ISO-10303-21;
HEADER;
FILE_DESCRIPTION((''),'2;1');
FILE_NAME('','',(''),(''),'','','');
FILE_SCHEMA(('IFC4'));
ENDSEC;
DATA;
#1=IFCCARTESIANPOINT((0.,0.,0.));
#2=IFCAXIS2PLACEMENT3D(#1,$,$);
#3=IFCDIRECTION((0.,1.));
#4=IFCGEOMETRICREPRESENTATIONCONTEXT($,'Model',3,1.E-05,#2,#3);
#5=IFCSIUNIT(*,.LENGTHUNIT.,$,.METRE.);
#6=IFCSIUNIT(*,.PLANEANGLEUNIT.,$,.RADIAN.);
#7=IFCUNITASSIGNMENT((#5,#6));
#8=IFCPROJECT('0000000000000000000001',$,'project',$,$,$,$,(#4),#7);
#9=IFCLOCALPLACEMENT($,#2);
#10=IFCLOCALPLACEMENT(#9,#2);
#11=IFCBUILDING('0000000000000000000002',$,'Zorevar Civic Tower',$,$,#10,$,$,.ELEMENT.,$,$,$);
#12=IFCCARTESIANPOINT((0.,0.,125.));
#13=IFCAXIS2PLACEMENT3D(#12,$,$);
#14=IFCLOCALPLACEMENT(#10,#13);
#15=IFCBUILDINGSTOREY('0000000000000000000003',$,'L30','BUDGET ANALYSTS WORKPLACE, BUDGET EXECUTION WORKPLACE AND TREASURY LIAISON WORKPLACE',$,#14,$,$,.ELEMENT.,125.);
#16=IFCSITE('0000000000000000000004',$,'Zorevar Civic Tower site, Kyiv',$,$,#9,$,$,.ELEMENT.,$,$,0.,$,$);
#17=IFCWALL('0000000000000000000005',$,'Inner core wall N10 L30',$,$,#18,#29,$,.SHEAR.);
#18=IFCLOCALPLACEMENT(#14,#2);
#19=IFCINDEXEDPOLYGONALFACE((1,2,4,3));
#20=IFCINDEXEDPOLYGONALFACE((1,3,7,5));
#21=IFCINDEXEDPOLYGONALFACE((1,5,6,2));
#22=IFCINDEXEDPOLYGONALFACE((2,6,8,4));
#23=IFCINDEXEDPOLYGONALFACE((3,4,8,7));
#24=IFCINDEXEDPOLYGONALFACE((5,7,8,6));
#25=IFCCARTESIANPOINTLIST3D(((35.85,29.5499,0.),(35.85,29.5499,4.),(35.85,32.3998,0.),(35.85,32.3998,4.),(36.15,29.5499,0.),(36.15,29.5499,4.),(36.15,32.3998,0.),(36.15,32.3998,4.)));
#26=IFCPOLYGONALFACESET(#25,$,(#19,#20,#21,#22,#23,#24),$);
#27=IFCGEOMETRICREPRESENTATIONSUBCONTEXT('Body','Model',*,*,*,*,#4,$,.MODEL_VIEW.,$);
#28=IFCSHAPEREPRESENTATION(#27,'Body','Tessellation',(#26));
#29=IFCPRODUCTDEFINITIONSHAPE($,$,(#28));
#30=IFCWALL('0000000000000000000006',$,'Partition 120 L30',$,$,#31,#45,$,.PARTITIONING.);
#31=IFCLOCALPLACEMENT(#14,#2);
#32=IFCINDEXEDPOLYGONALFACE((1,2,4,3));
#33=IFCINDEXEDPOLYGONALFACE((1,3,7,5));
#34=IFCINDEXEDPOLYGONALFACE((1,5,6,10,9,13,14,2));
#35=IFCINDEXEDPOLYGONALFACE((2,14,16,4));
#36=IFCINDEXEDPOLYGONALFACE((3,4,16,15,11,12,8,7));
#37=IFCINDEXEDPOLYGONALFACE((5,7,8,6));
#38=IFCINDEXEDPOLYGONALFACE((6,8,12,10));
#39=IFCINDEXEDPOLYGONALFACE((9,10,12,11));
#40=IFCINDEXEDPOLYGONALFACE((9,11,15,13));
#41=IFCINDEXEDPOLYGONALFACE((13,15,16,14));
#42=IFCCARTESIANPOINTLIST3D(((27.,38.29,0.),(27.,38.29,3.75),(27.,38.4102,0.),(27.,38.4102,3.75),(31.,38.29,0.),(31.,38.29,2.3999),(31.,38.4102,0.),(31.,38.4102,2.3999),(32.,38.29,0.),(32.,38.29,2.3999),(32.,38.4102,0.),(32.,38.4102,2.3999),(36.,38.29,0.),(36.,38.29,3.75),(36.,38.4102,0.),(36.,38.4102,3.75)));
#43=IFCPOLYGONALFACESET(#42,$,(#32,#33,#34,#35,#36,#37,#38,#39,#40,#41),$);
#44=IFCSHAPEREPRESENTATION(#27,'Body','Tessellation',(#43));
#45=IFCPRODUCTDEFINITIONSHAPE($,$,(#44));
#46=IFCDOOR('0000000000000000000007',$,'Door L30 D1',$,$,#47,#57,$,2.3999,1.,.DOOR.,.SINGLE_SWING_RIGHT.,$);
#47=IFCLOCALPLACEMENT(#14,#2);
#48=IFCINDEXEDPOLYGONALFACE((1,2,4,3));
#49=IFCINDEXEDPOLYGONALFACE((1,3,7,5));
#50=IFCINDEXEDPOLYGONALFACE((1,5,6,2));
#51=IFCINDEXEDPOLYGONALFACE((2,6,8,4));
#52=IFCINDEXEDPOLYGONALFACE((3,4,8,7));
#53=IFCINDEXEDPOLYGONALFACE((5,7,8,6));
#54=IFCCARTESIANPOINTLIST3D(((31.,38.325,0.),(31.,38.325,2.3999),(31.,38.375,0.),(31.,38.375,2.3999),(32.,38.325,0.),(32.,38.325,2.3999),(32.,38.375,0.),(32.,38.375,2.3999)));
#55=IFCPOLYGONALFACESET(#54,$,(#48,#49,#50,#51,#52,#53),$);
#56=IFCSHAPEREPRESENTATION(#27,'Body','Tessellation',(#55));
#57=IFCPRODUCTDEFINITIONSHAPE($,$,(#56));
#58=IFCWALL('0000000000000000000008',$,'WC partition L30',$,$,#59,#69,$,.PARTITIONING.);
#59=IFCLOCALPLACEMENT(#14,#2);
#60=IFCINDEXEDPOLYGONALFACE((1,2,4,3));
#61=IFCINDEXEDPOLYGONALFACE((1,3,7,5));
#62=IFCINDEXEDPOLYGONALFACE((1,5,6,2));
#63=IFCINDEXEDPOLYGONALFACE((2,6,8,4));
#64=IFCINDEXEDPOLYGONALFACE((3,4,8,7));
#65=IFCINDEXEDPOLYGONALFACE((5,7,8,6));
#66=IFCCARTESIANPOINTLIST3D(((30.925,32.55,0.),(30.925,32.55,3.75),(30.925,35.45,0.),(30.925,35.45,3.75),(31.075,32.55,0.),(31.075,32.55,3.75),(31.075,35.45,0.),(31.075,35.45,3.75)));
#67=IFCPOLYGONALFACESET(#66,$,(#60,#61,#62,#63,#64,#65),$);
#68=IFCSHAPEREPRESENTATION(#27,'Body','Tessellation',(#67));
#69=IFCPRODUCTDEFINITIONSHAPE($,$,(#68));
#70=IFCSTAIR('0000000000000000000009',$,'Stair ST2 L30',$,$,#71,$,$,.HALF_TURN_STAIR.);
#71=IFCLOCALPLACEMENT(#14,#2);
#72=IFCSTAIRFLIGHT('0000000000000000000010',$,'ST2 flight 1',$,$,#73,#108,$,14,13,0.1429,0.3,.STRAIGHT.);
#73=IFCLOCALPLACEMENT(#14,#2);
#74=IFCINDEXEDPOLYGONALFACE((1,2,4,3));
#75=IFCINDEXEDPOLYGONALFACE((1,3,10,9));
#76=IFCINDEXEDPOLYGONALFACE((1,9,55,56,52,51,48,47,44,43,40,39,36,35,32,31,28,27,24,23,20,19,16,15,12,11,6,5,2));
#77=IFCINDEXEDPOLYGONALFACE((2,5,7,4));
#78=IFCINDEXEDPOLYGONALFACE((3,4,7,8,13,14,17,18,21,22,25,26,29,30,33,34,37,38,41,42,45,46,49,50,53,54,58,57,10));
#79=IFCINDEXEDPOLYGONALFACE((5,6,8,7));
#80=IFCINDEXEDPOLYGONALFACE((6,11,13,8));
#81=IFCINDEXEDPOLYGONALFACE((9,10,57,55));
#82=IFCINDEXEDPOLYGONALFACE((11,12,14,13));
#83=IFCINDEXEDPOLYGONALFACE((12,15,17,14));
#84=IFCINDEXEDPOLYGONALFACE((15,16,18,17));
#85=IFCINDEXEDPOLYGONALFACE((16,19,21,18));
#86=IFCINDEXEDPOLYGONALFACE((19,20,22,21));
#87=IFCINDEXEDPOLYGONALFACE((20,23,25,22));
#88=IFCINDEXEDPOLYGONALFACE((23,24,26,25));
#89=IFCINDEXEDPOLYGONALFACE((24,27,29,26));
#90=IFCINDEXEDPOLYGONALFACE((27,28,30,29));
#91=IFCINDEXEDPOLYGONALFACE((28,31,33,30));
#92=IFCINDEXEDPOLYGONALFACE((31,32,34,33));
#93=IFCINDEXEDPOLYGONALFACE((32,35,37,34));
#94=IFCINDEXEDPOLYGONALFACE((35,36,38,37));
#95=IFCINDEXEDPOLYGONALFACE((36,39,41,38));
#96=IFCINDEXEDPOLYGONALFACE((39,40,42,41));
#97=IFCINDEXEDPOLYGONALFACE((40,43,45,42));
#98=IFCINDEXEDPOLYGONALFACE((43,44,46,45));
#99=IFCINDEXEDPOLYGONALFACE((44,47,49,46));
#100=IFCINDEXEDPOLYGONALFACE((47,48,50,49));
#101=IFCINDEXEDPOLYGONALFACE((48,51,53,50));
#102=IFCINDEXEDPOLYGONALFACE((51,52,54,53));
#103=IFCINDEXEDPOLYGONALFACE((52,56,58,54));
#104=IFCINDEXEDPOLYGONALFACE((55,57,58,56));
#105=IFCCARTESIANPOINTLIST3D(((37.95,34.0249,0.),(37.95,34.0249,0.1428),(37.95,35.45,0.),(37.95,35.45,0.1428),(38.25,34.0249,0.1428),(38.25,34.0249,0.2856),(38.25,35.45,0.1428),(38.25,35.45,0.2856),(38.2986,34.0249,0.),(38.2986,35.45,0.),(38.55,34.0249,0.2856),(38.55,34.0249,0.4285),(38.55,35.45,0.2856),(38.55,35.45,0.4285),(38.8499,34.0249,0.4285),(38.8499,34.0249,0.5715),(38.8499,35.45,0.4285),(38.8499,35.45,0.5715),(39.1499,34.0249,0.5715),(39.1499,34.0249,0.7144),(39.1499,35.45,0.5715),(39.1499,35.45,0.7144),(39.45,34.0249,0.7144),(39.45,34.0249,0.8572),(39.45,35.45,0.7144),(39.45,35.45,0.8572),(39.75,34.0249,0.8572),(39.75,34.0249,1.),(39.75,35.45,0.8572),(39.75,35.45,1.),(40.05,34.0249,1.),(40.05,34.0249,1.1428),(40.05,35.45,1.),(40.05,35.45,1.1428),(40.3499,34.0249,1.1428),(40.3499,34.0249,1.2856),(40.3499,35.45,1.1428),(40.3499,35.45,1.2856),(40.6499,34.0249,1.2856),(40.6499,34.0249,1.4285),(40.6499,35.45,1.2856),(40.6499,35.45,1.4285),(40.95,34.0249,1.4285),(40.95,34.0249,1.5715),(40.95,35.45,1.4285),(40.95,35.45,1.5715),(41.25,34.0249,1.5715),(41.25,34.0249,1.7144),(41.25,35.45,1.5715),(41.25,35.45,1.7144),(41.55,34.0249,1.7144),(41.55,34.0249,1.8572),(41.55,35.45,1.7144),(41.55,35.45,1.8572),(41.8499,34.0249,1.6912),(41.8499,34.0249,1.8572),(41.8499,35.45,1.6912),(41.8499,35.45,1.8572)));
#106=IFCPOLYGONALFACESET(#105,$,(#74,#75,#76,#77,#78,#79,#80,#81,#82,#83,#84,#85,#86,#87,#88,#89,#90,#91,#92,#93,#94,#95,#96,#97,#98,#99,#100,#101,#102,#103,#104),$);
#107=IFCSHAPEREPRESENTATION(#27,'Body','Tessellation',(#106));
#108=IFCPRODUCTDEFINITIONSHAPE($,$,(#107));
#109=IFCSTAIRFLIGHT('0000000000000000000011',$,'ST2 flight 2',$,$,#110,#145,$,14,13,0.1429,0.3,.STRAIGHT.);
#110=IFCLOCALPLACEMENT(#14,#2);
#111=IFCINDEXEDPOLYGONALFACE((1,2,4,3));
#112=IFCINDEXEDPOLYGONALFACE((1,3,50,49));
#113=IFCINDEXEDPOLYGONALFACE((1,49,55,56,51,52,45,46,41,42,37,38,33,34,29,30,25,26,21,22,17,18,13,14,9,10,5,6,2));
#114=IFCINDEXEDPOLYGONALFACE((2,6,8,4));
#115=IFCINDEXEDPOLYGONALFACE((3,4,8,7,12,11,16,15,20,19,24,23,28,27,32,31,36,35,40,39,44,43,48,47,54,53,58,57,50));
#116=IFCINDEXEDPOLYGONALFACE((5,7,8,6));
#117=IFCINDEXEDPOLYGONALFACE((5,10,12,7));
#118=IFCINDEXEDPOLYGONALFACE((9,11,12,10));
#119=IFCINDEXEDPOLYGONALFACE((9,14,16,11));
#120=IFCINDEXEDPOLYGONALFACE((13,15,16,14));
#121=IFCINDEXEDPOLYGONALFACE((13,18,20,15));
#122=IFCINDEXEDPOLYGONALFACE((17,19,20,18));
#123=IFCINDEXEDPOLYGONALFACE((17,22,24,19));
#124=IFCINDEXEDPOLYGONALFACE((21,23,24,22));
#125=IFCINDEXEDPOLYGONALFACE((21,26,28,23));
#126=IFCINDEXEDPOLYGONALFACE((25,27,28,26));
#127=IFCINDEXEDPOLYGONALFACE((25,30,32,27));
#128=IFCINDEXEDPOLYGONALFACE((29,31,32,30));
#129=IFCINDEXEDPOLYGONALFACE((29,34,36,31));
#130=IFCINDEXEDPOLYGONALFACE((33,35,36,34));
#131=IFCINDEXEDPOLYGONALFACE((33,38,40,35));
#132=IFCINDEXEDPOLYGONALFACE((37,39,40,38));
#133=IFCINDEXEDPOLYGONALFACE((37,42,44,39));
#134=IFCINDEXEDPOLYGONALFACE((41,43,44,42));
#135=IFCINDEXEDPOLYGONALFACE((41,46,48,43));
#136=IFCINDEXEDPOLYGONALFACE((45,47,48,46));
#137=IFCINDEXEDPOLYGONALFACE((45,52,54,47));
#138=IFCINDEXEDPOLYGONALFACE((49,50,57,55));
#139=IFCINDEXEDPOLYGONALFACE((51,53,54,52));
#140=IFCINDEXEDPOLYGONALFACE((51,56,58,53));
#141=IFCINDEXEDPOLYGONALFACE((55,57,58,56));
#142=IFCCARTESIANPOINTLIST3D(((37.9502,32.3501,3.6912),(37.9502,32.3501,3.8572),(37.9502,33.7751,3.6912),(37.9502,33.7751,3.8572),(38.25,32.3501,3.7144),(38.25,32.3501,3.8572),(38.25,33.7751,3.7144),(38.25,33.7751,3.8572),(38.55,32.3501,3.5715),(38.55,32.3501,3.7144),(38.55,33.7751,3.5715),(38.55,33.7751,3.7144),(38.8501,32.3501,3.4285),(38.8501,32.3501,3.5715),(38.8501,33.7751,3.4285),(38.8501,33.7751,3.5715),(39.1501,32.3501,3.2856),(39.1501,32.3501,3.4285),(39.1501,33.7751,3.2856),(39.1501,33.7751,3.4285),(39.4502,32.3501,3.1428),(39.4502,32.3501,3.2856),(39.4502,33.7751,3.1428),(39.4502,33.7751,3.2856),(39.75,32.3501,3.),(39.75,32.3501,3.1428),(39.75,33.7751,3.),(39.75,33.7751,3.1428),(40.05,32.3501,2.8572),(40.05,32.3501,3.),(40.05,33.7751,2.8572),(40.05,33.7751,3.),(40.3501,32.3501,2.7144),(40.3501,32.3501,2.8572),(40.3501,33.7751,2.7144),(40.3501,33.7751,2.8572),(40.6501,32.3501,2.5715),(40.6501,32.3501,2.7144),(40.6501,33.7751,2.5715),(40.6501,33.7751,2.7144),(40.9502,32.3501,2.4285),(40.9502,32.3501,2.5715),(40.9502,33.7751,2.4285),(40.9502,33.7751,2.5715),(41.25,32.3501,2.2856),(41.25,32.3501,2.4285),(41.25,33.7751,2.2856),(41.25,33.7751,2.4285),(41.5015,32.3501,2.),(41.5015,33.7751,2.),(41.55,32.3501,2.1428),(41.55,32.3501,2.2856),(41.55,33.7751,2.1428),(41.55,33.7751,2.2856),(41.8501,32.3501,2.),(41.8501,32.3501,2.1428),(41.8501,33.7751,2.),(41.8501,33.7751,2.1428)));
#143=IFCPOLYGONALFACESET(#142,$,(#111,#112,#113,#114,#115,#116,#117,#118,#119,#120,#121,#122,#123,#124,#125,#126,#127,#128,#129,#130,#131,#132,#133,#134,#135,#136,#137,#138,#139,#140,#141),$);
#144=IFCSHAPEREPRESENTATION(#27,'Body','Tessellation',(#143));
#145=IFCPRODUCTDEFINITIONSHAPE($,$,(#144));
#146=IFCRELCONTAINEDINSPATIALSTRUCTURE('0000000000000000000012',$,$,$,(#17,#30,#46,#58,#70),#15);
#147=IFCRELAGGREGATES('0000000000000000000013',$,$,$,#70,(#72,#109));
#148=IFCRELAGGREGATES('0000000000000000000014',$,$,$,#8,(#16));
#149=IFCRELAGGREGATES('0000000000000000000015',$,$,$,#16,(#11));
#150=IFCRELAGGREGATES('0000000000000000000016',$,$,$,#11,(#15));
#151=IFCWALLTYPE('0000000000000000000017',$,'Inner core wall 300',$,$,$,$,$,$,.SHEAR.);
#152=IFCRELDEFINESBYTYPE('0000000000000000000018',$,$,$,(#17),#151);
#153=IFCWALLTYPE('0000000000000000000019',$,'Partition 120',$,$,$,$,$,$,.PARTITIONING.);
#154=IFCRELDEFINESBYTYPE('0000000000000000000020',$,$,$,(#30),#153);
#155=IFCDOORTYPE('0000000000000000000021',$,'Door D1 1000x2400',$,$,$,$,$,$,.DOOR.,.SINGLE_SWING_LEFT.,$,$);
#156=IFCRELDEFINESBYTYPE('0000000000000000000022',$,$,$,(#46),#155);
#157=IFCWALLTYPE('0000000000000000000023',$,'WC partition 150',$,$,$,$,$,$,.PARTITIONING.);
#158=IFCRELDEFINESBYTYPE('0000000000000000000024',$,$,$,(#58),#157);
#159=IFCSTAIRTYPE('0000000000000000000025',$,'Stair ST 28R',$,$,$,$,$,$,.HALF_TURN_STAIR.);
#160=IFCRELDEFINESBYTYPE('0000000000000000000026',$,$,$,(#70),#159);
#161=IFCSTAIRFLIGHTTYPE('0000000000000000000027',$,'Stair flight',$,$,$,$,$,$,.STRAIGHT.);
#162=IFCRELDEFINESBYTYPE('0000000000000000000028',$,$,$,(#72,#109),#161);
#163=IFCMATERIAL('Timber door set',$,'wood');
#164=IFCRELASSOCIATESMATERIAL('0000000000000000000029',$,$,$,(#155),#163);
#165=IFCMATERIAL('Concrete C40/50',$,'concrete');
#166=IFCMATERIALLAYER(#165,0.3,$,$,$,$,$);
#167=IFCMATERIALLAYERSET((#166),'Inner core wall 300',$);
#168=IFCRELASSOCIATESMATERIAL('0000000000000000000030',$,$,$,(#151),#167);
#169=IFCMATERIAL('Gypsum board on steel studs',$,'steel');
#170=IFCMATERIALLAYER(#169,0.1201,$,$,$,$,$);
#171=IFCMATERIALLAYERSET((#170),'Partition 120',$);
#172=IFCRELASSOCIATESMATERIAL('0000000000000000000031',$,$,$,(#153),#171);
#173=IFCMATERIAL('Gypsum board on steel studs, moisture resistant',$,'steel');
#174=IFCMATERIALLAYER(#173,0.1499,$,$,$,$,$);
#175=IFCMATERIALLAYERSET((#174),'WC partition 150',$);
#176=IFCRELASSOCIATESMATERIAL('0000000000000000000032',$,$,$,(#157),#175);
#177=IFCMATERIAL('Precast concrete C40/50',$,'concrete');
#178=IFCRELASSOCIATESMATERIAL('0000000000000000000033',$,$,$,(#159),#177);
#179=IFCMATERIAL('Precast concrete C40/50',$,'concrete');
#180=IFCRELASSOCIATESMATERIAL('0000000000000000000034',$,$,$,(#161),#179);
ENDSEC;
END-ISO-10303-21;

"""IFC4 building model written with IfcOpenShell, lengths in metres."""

from ifc_helpers import new_model, si_unit, direction, frame, frame_2d, origin, place, context, subcontext, project, spatial, polyline, rectangle, outline, extrude, material, layer, layer_set, type_object, element, fill, aggregate, save


model = new_model("IFC4")

# Units and contexts
model_context = context("Model", 3, precision=1e-05, world=origin(), true_north=direction((0.0, 1.0)))
body_context = subcontext(model_context, "Body", "Model", "MODEL_VIEW")
ifc_project = project(units=[si_unit("LENGTHUNIT", "METRE"), si_unit("PLANEANGLEUNIT", "RADIAN")], contexts=[model_context])

# Site, building, storey
site_placement = place(None, origin())
site = spatial("IfcSite", under=ifc_project, at=site_placement, Name="Zorevar Civic Tower site, Kyiv", CompositionType="ELEMENT", RefElevation=0.0)
building_placement = place(site_placement, origin())
building = spatial("IfcBuilding", under=site, at=building_placement, Name="Zorevar Civic Tower", CompositionType="ELEMENT")
storey_placement = place(building_placement, frame((0.0, 0.0, 125.0)))
storey = spatial("IfcBuildingStorey", under=building, at=storey_placement, Name="L30", Description="BUDGET ANALYSTS WORKPLACE, BUDGET EXECUTION WORKPLACE AND TREASURY LIAISON WORKPLACE", CompositionType="ELEMENT", Elevation=125.0)

# Shared definitions
ifc_material_1 = material(Name="Timber door set", Category="wood")
door_type_1 = type_object("IfcDoorType", Name="Door D1 1000x2400", OperationType="SINGLE_SWING_LEFT", PredefinedType="DOOR", material=ifc_material_1)

# Shared definitions
ifc_material_2 = material(Name="Concrete C40/50", Category="concrete")
ifc_layer_1 = layer(ifc_material_2, 0.3)
ifc_layer_set_1 = layer_set([ifc_layer_1], Name="Inner core wall 300")
wall_type_1 = type_object("IfcWallType", Name="Inner core wall 300", PredefinedType="SHEAR", material=ifc_layer_set_1)

# Wall
wall_1_placement = place(storey_placement, frame((36.0, 29.55, 0.0), z_axis=(0.0, 0.0, 1.0), x_axis=(0.0, 1.0, 0.0)))
element("IfcWall", 1, at=wall_1_placement, inside=storey, type_object=wall_type_1, Name="Inner core wall N10 L30", PredefinedType="SHEAR", context=body_context, shape_type="SweptSolid", body=[
    extrude(rectangle(XDim=2.8499, YDim=0.3, at=frame_2d((1.4248, 0.0))), origin(), (0.0, 0.0, 1.0), 4.0),
])

# Wall, opening, door
ifc_material_3 = material(Name="Gypsum board on steel studs", Category="steel")
ifc_layer_2 = layer(ifc_material_3, 0.1201)
ifc_layer_set_2 = layer_set([ifc_layer_2], Name="Partition 120")
wall_type_2 = type_object("IfcWallType", Name="Partition 120", PredefinedType="PARTITIONING", material=ifc_layer_set_2)
wall_2_placement = place(storey_placement, frame((27.0, 38.3501, 0.0), z_axis=(0.0, 0.0, 1.0), x_axis=(1.0, 0.0, 0.0)))
wall_2 = element("IfcWall", 2, at=wall_2_placement, inside=storey, type_object=wall_type_2, Name="Partition 120 L30", PredefinedType="PARTITIONING", context=body_context, shape_type="SweptSolid", body=[
    extrude(rectangle(XDim=9.0, YDim=0.1201, at=frame_2d((4.5, 0.0))), origin(), (0.0, 0.0, 1.0), 3.75),
])
opening_1_placement = place(wall_2_placement, frame((4.0, 0.0, 0.0)))
opening_1 = element("IfcOpeningElement", 3, at=opening_1_placement, cuts=wall_2, PredefinedType="OPENING", context=body_context, shape_type="SweptSolid", body=[
    extrude(rectangle(XDim=1.0, YDim=2.3999, at=frame_2d((0.5, 1.2))), frame((0.0, 0.0701, 0.0), z_axis=(0.0, -1.0, 0.0), x_axis=(1.0, 0.0, 0.0)), (0.0, 0.0, 1.0), 0.1401),
])
door_1_placement = place(opening_1_placement, origin())
door_1 = element("IfcDoor", 4, at=door_1_placement, inside=storey, type_object=door_type_1, Name="Door L30 D1", OperationType="SINGLE_SWING_RIGHT", OverallHeight=2.3999, OverallWidth=1.0, PredefinedType="DOOR", context=body_context, shape_type="SweptSolid", body=[
    extrude(rectangle(XDim=1.0, YDim=2.3999, at=frame_2d((0.5, 1.2))), frame((0.0, 0.0249, 0.0), z_axis=(0.0, -1.0, 0.0), x_axis=(1.0, 0.0, 0.0)), (0.0, 0.0, 1.0), 0.05),
])
fill(opening_1, door_1)

# Wall
ifc_material_4 = material(Name="Gypsum board on steel studs, moisture resistant", Category="steel")
ifc_layer_3 = layer(ifc_material_4, 0.1499)
ifc_layer_set_3 = layer_set([ifc_layer_3], Name="WC partition 150")
wall_type_3 = type_object("IfcWallType", Name="WC partition 150", PredefinedType="PARTITIONING", material=ifc_layer_set_3)
wall_3_placement = place(storey_placement, frame((31.0, 32.55, 0.0), z_axis=(0.0, 0.0, 1.0), x_axis=(0.0, 1.0, 0.0)))
element("IfcWall", 5, at=wall_3_placement, inside=storey, type_object=wall_type_3, Name="WC partition L30", PredefinedType="PARTITIONING", context=body_context, shape_type="SweptSolid", body=[
    extrude(rectangle(XDim=2.8999, YDim=0.1499, at=frame_2d((1.45, 0.0))), origin(), (0.0, 0.0, 1.0), 3.75),
])

# Stair, stair flights
ifc_material_5 = material(Name="Precast concrete C40/50", Category="concrete")
stair_type = type_object("IfcStairType", Name="Stair ST 28R", PredefinedType="HALF_TURN_STAIR", material=ifc_material_5)
stair_placement = place(storey_placement, origin())
stair = element("IfcStair", 6, at=stair_placement, inside=storey, type_object=stair_type, Name="Stair ST2 L30", PredefinedType="HALF_TURN_STAIR")
ifc_material_6 = material(Name="Precast concrete C40/50", Category="concrete")
stair_flight_type = type_object("IfcStairFlightType", Name="Stair flight", PredefinedType="STRAIGHT", material=ifc_material_6)
stair_flight_1_placement = place(storey_placement, frame((37.95, 34.7375, 0.0), z_axis=(0.0, 0.0, 1.0), x_axis=(1.0, 0.0, 0.0)))
stair_flight_1 = element("IfcStairFlight", 7, at=stair_flight_1_placement, type_object=stair_flight_type, Name="ST2 flight 1", NumberOfRisers=14, NumberOfTreads=13, PredefinedType="STRAIGHT", RiserHeight=0.1429, TreadLength=0.3, context=body_context, shape_type="SweptSolid", body=[
    extrude(outline(polyline([(0.0, 0.0), (0.0, 0.1428), (0.3, 0.1428), (0.3, 0.2856), (0.6001, 0.2856), (0.6001, 0.4285), (0.8999, 0.4285), (0.8999, 0.5715), (1.2, 0.5715), (1.2, 0.7144), (1.5, 0.7144), (1.5, 0.8572), (1.8, 0.8572), (1.8, 1.0), (2.1001, 1.0), (2.1001, 1.1428), (2.3999, 1.1428), (2.3999, 1.2856), (2.7, 1.2856), (2.7, 1.4285), (3.0, 1.4285), (3.0, 1.5715), (3.3, 1.5715), (3.3, 1.7144), (3.6001, 1.7144), (3.6001, 1.8572), (3.8999, 1.8572), (3.8999, 2.0), (3.8999, 1.6912), (0.3486, 0.0), (0.0, 0.0)])), frame((0.0, 0.7124, 0.0), z_axis=(0.0, -1.0, 0.0), x_axis=(1.0, 0.0, 0.0)), (0.0, 0.0, 1.0), 1.425),
])
stair_flight_2_placement = place(storey_placement, frame((41.8501, 33.0625, 2.0), z_axis=(0.0, 0.0, 1.0), x_axis=(-1.0, 0.0, 0.0)))
stair_flight_2 = element("IfcStairFlight", 8, at=stair_flight_2_placement, type_object=stair_flight_type, Name="ST2 flight 2", NumberOfRisers=14, NumberOfTreads=13, PredefinedType="STRAIGHT", RiserHeight=0.1429, TreadLength=0.3, context=body_context, shape_type="SweptSolid", body=[
    extrude(outline(polyline([(0.0, 0.0), (0.0, 0.1428), (0.3, 0.1428), (0.3, 0.2856), (0.6001, 0.2856), (0.6001, 0.4285), (0.8999, 0.4285), (0.8999, 0.5715), (1.2, 0.5715), (1.2, 0.7144), (1.5, 0.7144), (1.5, 0.8572), (1.8, 0.8572), (1.8, 1.0), (2.1001, 1.0), (2.1001, 1.1428), (2.3999, 1.1428), (2.3999, 1.2856), (2.7, 1.2856), (2.7, 1.4285), (3.0, 1.4285), (3.0, 1.5715), (3.3, 1.5715), (3.3, 1.7144), (3.6001, 1.7144), (3.6001, 1.8572), (3.8999, 1.8572), (3.8999, 2.0), (3.8999, 1.6912), (0.3486, 0.0), (0.0, 0.0)])), frame((0.0, 0.7124, 0.0), z_axis=(0.0, -1.0, 0.0), x_axis=(1.0, 0.0, 0.0)), (0.0, 0.0, 1.0), 1.425),
])
aggregate(stair, [stair_flight_1, stair_flight_2])

save(model, "model.ifc")
